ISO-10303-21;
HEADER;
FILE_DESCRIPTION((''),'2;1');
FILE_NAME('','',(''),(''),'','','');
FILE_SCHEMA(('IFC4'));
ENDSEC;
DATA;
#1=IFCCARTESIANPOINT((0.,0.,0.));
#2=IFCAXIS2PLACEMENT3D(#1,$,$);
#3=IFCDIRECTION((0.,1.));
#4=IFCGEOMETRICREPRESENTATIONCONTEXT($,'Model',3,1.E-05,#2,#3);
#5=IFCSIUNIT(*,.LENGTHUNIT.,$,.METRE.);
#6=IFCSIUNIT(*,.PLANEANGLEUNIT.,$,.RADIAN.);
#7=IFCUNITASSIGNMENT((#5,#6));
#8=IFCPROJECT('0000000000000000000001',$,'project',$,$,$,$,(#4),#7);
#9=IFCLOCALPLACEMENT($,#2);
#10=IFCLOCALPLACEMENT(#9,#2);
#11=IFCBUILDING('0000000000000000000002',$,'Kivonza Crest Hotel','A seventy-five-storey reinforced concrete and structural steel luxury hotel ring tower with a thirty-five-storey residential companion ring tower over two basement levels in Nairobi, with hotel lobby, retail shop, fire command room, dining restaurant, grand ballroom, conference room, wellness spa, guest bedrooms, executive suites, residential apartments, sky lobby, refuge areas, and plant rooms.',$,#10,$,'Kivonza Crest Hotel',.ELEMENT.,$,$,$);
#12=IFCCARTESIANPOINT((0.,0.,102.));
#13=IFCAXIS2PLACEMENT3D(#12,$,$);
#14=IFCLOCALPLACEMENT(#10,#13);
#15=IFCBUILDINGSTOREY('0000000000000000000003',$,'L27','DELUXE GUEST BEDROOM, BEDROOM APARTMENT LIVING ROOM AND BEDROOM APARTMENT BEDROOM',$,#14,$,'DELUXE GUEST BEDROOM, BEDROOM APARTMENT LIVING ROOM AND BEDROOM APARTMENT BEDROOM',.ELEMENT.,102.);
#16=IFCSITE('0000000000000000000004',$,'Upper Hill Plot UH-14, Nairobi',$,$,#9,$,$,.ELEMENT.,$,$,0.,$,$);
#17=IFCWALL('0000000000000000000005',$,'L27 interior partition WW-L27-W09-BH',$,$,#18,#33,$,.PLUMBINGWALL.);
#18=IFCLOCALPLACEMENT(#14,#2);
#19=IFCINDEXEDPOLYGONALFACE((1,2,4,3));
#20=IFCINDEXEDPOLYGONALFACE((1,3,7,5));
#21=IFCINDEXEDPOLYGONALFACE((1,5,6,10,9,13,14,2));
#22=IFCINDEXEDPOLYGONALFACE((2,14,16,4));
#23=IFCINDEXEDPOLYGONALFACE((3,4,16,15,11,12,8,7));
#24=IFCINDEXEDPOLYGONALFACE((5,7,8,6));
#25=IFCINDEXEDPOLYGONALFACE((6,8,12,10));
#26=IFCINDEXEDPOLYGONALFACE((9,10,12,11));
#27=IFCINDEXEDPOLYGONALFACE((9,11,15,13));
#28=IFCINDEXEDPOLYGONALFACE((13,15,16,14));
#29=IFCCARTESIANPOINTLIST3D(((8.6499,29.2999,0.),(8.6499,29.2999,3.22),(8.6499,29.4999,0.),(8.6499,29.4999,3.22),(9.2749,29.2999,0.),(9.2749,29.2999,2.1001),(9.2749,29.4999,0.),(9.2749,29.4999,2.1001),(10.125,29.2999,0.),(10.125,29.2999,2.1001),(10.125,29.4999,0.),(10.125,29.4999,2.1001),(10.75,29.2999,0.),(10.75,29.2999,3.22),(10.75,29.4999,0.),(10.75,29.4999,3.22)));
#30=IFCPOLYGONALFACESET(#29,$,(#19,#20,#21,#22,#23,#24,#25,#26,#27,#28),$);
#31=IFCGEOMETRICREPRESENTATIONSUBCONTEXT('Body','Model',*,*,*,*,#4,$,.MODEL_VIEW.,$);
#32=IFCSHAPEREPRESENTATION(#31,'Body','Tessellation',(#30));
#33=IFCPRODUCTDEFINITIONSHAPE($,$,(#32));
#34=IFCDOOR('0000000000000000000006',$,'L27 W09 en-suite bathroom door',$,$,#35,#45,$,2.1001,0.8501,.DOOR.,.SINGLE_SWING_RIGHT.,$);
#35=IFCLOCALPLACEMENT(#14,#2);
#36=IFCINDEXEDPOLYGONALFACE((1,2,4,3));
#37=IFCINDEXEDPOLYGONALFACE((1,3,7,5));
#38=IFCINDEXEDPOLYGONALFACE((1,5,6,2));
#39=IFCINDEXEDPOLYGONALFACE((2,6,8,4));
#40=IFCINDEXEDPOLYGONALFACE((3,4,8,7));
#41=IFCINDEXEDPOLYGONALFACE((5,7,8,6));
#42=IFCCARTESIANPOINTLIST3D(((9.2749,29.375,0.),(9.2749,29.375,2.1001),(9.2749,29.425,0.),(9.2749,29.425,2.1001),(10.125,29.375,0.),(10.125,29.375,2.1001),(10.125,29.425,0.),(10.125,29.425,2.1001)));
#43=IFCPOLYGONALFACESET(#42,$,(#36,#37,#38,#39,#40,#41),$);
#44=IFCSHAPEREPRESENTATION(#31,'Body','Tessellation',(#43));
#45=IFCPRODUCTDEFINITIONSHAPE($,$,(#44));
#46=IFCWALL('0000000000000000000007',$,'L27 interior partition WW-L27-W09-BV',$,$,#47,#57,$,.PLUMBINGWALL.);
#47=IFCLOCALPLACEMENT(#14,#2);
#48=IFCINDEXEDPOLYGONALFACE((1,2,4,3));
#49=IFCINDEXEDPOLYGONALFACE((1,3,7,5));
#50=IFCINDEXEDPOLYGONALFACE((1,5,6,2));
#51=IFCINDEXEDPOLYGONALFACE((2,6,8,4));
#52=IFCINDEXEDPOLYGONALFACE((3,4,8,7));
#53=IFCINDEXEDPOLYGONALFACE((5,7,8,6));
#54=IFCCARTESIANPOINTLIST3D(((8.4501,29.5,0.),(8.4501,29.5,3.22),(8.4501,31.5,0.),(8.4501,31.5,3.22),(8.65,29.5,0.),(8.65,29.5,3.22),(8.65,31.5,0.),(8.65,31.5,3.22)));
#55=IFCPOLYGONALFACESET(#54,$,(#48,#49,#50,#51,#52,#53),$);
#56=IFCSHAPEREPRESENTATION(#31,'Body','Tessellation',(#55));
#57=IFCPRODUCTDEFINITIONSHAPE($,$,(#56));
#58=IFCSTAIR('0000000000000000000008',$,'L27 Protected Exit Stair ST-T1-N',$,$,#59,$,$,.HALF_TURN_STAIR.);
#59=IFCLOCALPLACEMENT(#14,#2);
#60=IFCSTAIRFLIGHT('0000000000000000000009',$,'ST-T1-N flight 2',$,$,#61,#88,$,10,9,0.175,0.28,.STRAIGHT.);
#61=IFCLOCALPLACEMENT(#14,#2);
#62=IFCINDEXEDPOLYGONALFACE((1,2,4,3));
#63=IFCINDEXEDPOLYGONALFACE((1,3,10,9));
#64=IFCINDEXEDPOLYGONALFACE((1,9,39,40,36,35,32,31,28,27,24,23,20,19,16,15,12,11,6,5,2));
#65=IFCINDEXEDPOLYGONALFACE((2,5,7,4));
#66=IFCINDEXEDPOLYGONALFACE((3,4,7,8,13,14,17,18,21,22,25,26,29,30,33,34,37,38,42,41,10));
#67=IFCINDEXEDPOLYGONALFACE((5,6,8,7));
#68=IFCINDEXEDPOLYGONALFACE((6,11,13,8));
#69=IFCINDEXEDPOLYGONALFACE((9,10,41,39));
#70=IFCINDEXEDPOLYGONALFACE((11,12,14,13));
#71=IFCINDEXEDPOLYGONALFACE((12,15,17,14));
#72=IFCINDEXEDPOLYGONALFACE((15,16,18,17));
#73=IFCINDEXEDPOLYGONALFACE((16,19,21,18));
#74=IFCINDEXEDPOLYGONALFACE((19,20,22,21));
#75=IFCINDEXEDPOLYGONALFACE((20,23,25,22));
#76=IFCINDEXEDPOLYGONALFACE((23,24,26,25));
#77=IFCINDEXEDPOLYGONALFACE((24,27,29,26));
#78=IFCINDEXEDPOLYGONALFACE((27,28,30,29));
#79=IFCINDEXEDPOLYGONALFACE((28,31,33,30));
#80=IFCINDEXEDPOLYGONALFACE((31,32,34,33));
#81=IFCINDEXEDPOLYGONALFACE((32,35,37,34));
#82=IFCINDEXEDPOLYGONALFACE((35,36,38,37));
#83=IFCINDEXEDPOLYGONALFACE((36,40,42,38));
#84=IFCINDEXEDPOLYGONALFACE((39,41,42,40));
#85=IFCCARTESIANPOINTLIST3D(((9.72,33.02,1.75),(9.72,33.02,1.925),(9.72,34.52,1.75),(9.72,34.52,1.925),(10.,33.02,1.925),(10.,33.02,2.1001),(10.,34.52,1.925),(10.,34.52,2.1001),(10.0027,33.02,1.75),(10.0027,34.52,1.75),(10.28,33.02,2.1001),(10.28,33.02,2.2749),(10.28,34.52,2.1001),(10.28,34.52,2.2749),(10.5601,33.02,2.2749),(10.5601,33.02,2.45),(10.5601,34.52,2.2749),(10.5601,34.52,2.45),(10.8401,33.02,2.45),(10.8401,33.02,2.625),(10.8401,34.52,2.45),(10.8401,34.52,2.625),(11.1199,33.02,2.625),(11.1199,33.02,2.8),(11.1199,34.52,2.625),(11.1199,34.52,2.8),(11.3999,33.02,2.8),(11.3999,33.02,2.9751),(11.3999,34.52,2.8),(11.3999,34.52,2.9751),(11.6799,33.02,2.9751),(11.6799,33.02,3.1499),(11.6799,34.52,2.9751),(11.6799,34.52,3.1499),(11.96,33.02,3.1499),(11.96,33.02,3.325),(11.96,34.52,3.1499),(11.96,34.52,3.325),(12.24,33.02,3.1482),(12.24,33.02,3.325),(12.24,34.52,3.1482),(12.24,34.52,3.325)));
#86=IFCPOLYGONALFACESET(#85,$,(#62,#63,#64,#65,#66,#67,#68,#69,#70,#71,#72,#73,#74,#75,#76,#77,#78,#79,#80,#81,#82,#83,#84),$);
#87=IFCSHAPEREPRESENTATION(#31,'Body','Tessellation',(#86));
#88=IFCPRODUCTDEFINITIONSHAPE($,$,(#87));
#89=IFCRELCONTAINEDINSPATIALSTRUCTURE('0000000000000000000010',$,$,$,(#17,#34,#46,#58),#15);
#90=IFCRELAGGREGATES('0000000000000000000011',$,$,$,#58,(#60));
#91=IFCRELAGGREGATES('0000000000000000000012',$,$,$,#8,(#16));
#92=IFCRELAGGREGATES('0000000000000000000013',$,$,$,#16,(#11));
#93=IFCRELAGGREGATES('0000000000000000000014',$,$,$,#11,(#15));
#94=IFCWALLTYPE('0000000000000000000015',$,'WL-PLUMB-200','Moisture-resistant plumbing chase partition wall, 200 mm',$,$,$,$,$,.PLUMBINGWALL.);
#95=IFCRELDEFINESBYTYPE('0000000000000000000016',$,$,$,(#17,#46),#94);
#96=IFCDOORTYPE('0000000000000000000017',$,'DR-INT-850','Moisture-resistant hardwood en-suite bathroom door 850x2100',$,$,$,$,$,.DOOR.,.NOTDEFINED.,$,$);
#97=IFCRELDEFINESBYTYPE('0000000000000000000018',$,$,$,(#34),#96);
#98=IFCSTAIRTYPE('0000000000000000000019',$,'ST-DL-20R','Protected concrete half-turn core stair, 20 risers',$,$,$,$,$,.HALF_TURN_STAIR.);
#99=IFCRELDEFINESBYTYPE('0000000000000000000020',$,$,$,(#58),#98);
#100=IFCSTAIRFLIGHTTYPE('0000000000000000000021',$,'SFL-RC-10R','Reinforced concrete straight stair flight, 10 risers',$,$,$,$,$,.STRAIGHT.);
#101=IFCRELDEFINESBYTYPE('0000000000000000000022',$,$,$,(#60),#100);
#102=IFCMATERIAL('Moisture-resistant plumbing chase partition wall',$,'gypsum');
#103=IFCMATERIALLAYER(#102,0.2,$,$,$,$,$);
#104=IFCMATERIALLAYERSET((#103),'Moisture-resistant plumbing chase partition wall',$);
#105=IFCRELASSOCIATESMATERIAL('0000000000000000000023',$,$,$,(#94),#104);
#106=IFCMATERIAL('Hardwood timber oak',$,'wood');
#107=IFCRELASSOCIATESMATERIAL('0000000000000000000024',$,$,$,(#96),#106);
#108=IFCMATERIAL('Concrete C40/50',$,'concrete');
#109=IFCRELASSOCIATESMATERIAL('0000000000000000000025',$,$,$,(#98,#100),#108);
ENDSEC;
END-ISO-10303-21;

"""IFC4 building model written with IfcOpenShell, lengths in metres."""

from ifc_helpers import new_model, si_unit, direction, frame, frame_2d, origin, place, context, subcontext, project, spatial, polyline, rectangle, outline, extrude, material, layer, layer_set, type_object, element, fill, aggregate, save


model = new_model("IFC4")

# Units and contexts
model_context = context("Model", 3, precision=1e-05, world=origin(), true_north=direction((0.0, 1.0)))
body_context = subcontext(model_context, "Body", "Model", "MODEL_VIEW")
ifc_project = project(units=[si_unit("LENGTHUNIT", "METRE"), si_unit("PLANEANGLEUNIT", "RADIAN")], contexts=[model_context])

# Site, building, storey
site_placement = place(None, origin())
site = spatial("IfcSite", under=ifc_project, at=site_placement, Name="Upper Hill Plot UH-14, Nairobi", CompositionType="ELEMENT", RefElevation=0.0)
building_placement = place(site_placement, origin())
building = spatial("IfcBuilding", under=site, at=building_placement, Name="Kivonza Crest Hotel", Description="A seventy-five-storey reinforced concrete and structural steel luxury hotel ring tower with a thirty-five-storey residential companion ring tower over two basement levels in Nairobi, with hotel lobby, retail shop, fire command room, dining restaurant, grand ballroom, conference room, wellness spa, guest bedrooms, executive suites, residential apartments, sky lobby, refuge areas, and plant rooms.", LongName="Kivonza Crest Hotel", CompositionType="ELEMENT")
storey_placement = place(building_placement, frame((0.0, 0.0, 102.0)))
storey = spatial("IfcBuildingStorey", under=building, at=storey_placement, Name="L27", Description="DELUXE GUEST BEDROOM, BEDROOM APARTMENT LIVING ROOM AND BEDROOM APARTMENT BEDROOM", LongName="DELUXE GUEST BEDROOM, BEDROOM APARTMENT LIVING ROOM AND BEDROOM APARTMENT BEDROOM", CompositionType="ELEMENT", Elevation=102.0)

# Shared definitions
ifc_material_1 = material(Name="Hardwood timber oak", Category="wood")

# Wall, opening, door
ifc_material_2 = material(Name="Moisture-resistant plumbing chase partition wall", Category="gypsum")
ifc_layer_1 = layer(ifc_material_2, 0.2)
ifc_layer_set_1 = layer_set([ifc_layer_1], Name="Moisture-resistant plumbing chase partition wall")
wall_type_1 = type_object("IfcWallType", Name="WL-PLUMB-200", Description="Moisture-resistant plumbing chase partition wall, 200 mm", PredefinedType="PLUMBINGWALL", material=ifc_layer_set_1)
wall_1_placement = place(storey_placement, frame((8.6499, 29.3999, 0.0), z_axis=(0.0, 0.0, 1.0), x_axis=(1.0, 0.0, 0.0)))
wall_1 = element("IfcWall", 1, at=wall_1_placement, inside=storey, type_object=wall_type_1, Name="L27 interior partition WW-L27-W09-BH", PredefinedType="PLUMBINGWALL", context=body_context, shape_type="SweptSolid", body=[
    extrude(rectangle(XDim=2.1001, YDim=0.2, at=frame_2d((1.05, 0.0))), origin(), (0.0, 0.0, 1.0), 3.22),
])
opening_1_placement = place(wall_1_placement, frame((0.625, 0.0, 0.0)))
opening_1 = element("IfcOpeningElement", 2, at=opening_1_placement, cuts=wall_1, PredefinedType="OPENING", context=body_context, shape_type="SweptSolid", body=[
    extrude(rectangle(XDim=0.8501, YDim=2.1001, at=frame_2d((0.425, 1.05))), frame((0.0, 0.1099, 0.0), z_axis=(0.0, -1.0, 0.0), x_axis=(1.0, 0.0, 0.0)), (0.0, 0.0, 1.0), 0.22),
])
door_type_1 = type_object("IfcDoorType", Name="DR-INT-850", Description="Moisture-resistant hardwood en-suite bathroom door 850x2100", OperationType="NOTDEFINED", PredefinedType="DOOR", material=ifc_material_1)
door_1_placement = place(opening_1_placement, frame((0.8501, 0.0, 0.0), z_axis=(0.0, 0.0, 1.0), x_axis=(-1.0, 0.0, 0.0)))
door_1 = element("IfcDoor", 3, at=door_1_placement, inside=storey, type_object=door_type_1, Name="L27 W09 en-suite bathroom door", OperationType="SINGLE_SWING_RIGHT", OverallHeight=2.1001, OverallWidth=0.8501, PredefinedType="DOOR", context=body_context, shape_type="SweptSolid", body=[
    extrude(rectangle(XDim=0.8501, YDim=2.1001, at=frame_2d((0.425, 1.05))), frame((0.0, 0.0249, 0.0), z_axis=(0.0, -1.0, 0.0), x_axis=(1.0, 0.0, 0.0)), (0.0, 0.0, 1.0), 0.05),
])
fill(opening_1, door_1)

# Wall
wall_2_placement = place(storey_placement, frame((8.55, 29.5, 0.0), z_axis=(0.0, 0.0, 1.0), x_axis=(0.0, 1.0, 0.0)))
element("IfcWall", 4, at=wall_2_placement, inside=storey, type_object=wall_type_1, Name="L27 interior partition WW-L27-W09-BV", PredefinedType="PLUMBINGWALL", context=body_context, shape_type="SweptSolid", body=[
    extrude(rectangle(XDim=2.0, YDim=0.2, at=frame_2d((1.0, 0.0))), origin(), (0.0, 0.0, 1.0), 3.22),
])

# Stair, stair flight
ifc_material_3 = material(Name="Concrete C40/50", Category="concrete")
stair_type = type_object("IfcStairType", Name="ST-DL-20R", Description="Protected concrete half-turn core stair, 20 risers", PredefinedType="HALF_TURN_STAIR", material=ifc_material_3)
stair_placement = place(storey_placement, origin())
stair = element("IfcStair", 5, at=stair_placement, inside=storey, type_object=stair_type, Name="L27 Protected Exit Stair ST-T1-N", PredefinedType="HALF_TURN_STAIR")
stair_flight_type = type_object("IfcStairFlightType", Name="SFL-RC-10R", Description="Reinforced concrete straight stair flight, 10 risers", PredefinedType="STRAIGHT", material=ifc_material_3)
stair_flight_placement = place(storey_placement, frame((9.72, 33.77, 1.75), z_axis=(0.0, 0.0, 1.0), x_axis=(1.0, 0.0, 0.0)))
stair_flight = element("IfcStairFlight", 6, at=stair_flight_placement, type_object=stair_flight_type, Name="ST-T1-N flight 2", NumberOfRisers=10, NumberOfTreads=9, PredefinedType="STRAIGHT", RiserHeight=0.175, TreadLength=0.28, context=body_context, shape_type="SweptSolid", body=[
    extrude(outline(polyline([(0.0, 0.0), (0.0, 0.175), (0.28, 0.175), (0.28, 0.3501), (0.5601, 0.3501), (0.5601, 0.5249), (0.8401, 0.5249), (0.8401, 0.7), (1.1201, 0.7), (1.1201, 0.875), (1.3999, 0.875), (1.3999, 1.05), (1.6799, 1.05), (1.6799, 1.2251), (1.96, 1.2251), (1.96, 1.3999), (2.24, 1.3999), (2.24, 1.575), (2.52, 1.575), (2.52, 1.75), (2.52, 1.3982), (0.2827, 0.0), (0.0, 0.0)])), frame((0.0, 0.75, 0.0), z_axis=(0.0, -1.0, 0.0), x_axis=(1.0, 0.0, 0.0)), (0.0, 0.0, 1.0), 1.5),
])
aggregate(stair, [stair_flight])

save(model, "model.ifc")
